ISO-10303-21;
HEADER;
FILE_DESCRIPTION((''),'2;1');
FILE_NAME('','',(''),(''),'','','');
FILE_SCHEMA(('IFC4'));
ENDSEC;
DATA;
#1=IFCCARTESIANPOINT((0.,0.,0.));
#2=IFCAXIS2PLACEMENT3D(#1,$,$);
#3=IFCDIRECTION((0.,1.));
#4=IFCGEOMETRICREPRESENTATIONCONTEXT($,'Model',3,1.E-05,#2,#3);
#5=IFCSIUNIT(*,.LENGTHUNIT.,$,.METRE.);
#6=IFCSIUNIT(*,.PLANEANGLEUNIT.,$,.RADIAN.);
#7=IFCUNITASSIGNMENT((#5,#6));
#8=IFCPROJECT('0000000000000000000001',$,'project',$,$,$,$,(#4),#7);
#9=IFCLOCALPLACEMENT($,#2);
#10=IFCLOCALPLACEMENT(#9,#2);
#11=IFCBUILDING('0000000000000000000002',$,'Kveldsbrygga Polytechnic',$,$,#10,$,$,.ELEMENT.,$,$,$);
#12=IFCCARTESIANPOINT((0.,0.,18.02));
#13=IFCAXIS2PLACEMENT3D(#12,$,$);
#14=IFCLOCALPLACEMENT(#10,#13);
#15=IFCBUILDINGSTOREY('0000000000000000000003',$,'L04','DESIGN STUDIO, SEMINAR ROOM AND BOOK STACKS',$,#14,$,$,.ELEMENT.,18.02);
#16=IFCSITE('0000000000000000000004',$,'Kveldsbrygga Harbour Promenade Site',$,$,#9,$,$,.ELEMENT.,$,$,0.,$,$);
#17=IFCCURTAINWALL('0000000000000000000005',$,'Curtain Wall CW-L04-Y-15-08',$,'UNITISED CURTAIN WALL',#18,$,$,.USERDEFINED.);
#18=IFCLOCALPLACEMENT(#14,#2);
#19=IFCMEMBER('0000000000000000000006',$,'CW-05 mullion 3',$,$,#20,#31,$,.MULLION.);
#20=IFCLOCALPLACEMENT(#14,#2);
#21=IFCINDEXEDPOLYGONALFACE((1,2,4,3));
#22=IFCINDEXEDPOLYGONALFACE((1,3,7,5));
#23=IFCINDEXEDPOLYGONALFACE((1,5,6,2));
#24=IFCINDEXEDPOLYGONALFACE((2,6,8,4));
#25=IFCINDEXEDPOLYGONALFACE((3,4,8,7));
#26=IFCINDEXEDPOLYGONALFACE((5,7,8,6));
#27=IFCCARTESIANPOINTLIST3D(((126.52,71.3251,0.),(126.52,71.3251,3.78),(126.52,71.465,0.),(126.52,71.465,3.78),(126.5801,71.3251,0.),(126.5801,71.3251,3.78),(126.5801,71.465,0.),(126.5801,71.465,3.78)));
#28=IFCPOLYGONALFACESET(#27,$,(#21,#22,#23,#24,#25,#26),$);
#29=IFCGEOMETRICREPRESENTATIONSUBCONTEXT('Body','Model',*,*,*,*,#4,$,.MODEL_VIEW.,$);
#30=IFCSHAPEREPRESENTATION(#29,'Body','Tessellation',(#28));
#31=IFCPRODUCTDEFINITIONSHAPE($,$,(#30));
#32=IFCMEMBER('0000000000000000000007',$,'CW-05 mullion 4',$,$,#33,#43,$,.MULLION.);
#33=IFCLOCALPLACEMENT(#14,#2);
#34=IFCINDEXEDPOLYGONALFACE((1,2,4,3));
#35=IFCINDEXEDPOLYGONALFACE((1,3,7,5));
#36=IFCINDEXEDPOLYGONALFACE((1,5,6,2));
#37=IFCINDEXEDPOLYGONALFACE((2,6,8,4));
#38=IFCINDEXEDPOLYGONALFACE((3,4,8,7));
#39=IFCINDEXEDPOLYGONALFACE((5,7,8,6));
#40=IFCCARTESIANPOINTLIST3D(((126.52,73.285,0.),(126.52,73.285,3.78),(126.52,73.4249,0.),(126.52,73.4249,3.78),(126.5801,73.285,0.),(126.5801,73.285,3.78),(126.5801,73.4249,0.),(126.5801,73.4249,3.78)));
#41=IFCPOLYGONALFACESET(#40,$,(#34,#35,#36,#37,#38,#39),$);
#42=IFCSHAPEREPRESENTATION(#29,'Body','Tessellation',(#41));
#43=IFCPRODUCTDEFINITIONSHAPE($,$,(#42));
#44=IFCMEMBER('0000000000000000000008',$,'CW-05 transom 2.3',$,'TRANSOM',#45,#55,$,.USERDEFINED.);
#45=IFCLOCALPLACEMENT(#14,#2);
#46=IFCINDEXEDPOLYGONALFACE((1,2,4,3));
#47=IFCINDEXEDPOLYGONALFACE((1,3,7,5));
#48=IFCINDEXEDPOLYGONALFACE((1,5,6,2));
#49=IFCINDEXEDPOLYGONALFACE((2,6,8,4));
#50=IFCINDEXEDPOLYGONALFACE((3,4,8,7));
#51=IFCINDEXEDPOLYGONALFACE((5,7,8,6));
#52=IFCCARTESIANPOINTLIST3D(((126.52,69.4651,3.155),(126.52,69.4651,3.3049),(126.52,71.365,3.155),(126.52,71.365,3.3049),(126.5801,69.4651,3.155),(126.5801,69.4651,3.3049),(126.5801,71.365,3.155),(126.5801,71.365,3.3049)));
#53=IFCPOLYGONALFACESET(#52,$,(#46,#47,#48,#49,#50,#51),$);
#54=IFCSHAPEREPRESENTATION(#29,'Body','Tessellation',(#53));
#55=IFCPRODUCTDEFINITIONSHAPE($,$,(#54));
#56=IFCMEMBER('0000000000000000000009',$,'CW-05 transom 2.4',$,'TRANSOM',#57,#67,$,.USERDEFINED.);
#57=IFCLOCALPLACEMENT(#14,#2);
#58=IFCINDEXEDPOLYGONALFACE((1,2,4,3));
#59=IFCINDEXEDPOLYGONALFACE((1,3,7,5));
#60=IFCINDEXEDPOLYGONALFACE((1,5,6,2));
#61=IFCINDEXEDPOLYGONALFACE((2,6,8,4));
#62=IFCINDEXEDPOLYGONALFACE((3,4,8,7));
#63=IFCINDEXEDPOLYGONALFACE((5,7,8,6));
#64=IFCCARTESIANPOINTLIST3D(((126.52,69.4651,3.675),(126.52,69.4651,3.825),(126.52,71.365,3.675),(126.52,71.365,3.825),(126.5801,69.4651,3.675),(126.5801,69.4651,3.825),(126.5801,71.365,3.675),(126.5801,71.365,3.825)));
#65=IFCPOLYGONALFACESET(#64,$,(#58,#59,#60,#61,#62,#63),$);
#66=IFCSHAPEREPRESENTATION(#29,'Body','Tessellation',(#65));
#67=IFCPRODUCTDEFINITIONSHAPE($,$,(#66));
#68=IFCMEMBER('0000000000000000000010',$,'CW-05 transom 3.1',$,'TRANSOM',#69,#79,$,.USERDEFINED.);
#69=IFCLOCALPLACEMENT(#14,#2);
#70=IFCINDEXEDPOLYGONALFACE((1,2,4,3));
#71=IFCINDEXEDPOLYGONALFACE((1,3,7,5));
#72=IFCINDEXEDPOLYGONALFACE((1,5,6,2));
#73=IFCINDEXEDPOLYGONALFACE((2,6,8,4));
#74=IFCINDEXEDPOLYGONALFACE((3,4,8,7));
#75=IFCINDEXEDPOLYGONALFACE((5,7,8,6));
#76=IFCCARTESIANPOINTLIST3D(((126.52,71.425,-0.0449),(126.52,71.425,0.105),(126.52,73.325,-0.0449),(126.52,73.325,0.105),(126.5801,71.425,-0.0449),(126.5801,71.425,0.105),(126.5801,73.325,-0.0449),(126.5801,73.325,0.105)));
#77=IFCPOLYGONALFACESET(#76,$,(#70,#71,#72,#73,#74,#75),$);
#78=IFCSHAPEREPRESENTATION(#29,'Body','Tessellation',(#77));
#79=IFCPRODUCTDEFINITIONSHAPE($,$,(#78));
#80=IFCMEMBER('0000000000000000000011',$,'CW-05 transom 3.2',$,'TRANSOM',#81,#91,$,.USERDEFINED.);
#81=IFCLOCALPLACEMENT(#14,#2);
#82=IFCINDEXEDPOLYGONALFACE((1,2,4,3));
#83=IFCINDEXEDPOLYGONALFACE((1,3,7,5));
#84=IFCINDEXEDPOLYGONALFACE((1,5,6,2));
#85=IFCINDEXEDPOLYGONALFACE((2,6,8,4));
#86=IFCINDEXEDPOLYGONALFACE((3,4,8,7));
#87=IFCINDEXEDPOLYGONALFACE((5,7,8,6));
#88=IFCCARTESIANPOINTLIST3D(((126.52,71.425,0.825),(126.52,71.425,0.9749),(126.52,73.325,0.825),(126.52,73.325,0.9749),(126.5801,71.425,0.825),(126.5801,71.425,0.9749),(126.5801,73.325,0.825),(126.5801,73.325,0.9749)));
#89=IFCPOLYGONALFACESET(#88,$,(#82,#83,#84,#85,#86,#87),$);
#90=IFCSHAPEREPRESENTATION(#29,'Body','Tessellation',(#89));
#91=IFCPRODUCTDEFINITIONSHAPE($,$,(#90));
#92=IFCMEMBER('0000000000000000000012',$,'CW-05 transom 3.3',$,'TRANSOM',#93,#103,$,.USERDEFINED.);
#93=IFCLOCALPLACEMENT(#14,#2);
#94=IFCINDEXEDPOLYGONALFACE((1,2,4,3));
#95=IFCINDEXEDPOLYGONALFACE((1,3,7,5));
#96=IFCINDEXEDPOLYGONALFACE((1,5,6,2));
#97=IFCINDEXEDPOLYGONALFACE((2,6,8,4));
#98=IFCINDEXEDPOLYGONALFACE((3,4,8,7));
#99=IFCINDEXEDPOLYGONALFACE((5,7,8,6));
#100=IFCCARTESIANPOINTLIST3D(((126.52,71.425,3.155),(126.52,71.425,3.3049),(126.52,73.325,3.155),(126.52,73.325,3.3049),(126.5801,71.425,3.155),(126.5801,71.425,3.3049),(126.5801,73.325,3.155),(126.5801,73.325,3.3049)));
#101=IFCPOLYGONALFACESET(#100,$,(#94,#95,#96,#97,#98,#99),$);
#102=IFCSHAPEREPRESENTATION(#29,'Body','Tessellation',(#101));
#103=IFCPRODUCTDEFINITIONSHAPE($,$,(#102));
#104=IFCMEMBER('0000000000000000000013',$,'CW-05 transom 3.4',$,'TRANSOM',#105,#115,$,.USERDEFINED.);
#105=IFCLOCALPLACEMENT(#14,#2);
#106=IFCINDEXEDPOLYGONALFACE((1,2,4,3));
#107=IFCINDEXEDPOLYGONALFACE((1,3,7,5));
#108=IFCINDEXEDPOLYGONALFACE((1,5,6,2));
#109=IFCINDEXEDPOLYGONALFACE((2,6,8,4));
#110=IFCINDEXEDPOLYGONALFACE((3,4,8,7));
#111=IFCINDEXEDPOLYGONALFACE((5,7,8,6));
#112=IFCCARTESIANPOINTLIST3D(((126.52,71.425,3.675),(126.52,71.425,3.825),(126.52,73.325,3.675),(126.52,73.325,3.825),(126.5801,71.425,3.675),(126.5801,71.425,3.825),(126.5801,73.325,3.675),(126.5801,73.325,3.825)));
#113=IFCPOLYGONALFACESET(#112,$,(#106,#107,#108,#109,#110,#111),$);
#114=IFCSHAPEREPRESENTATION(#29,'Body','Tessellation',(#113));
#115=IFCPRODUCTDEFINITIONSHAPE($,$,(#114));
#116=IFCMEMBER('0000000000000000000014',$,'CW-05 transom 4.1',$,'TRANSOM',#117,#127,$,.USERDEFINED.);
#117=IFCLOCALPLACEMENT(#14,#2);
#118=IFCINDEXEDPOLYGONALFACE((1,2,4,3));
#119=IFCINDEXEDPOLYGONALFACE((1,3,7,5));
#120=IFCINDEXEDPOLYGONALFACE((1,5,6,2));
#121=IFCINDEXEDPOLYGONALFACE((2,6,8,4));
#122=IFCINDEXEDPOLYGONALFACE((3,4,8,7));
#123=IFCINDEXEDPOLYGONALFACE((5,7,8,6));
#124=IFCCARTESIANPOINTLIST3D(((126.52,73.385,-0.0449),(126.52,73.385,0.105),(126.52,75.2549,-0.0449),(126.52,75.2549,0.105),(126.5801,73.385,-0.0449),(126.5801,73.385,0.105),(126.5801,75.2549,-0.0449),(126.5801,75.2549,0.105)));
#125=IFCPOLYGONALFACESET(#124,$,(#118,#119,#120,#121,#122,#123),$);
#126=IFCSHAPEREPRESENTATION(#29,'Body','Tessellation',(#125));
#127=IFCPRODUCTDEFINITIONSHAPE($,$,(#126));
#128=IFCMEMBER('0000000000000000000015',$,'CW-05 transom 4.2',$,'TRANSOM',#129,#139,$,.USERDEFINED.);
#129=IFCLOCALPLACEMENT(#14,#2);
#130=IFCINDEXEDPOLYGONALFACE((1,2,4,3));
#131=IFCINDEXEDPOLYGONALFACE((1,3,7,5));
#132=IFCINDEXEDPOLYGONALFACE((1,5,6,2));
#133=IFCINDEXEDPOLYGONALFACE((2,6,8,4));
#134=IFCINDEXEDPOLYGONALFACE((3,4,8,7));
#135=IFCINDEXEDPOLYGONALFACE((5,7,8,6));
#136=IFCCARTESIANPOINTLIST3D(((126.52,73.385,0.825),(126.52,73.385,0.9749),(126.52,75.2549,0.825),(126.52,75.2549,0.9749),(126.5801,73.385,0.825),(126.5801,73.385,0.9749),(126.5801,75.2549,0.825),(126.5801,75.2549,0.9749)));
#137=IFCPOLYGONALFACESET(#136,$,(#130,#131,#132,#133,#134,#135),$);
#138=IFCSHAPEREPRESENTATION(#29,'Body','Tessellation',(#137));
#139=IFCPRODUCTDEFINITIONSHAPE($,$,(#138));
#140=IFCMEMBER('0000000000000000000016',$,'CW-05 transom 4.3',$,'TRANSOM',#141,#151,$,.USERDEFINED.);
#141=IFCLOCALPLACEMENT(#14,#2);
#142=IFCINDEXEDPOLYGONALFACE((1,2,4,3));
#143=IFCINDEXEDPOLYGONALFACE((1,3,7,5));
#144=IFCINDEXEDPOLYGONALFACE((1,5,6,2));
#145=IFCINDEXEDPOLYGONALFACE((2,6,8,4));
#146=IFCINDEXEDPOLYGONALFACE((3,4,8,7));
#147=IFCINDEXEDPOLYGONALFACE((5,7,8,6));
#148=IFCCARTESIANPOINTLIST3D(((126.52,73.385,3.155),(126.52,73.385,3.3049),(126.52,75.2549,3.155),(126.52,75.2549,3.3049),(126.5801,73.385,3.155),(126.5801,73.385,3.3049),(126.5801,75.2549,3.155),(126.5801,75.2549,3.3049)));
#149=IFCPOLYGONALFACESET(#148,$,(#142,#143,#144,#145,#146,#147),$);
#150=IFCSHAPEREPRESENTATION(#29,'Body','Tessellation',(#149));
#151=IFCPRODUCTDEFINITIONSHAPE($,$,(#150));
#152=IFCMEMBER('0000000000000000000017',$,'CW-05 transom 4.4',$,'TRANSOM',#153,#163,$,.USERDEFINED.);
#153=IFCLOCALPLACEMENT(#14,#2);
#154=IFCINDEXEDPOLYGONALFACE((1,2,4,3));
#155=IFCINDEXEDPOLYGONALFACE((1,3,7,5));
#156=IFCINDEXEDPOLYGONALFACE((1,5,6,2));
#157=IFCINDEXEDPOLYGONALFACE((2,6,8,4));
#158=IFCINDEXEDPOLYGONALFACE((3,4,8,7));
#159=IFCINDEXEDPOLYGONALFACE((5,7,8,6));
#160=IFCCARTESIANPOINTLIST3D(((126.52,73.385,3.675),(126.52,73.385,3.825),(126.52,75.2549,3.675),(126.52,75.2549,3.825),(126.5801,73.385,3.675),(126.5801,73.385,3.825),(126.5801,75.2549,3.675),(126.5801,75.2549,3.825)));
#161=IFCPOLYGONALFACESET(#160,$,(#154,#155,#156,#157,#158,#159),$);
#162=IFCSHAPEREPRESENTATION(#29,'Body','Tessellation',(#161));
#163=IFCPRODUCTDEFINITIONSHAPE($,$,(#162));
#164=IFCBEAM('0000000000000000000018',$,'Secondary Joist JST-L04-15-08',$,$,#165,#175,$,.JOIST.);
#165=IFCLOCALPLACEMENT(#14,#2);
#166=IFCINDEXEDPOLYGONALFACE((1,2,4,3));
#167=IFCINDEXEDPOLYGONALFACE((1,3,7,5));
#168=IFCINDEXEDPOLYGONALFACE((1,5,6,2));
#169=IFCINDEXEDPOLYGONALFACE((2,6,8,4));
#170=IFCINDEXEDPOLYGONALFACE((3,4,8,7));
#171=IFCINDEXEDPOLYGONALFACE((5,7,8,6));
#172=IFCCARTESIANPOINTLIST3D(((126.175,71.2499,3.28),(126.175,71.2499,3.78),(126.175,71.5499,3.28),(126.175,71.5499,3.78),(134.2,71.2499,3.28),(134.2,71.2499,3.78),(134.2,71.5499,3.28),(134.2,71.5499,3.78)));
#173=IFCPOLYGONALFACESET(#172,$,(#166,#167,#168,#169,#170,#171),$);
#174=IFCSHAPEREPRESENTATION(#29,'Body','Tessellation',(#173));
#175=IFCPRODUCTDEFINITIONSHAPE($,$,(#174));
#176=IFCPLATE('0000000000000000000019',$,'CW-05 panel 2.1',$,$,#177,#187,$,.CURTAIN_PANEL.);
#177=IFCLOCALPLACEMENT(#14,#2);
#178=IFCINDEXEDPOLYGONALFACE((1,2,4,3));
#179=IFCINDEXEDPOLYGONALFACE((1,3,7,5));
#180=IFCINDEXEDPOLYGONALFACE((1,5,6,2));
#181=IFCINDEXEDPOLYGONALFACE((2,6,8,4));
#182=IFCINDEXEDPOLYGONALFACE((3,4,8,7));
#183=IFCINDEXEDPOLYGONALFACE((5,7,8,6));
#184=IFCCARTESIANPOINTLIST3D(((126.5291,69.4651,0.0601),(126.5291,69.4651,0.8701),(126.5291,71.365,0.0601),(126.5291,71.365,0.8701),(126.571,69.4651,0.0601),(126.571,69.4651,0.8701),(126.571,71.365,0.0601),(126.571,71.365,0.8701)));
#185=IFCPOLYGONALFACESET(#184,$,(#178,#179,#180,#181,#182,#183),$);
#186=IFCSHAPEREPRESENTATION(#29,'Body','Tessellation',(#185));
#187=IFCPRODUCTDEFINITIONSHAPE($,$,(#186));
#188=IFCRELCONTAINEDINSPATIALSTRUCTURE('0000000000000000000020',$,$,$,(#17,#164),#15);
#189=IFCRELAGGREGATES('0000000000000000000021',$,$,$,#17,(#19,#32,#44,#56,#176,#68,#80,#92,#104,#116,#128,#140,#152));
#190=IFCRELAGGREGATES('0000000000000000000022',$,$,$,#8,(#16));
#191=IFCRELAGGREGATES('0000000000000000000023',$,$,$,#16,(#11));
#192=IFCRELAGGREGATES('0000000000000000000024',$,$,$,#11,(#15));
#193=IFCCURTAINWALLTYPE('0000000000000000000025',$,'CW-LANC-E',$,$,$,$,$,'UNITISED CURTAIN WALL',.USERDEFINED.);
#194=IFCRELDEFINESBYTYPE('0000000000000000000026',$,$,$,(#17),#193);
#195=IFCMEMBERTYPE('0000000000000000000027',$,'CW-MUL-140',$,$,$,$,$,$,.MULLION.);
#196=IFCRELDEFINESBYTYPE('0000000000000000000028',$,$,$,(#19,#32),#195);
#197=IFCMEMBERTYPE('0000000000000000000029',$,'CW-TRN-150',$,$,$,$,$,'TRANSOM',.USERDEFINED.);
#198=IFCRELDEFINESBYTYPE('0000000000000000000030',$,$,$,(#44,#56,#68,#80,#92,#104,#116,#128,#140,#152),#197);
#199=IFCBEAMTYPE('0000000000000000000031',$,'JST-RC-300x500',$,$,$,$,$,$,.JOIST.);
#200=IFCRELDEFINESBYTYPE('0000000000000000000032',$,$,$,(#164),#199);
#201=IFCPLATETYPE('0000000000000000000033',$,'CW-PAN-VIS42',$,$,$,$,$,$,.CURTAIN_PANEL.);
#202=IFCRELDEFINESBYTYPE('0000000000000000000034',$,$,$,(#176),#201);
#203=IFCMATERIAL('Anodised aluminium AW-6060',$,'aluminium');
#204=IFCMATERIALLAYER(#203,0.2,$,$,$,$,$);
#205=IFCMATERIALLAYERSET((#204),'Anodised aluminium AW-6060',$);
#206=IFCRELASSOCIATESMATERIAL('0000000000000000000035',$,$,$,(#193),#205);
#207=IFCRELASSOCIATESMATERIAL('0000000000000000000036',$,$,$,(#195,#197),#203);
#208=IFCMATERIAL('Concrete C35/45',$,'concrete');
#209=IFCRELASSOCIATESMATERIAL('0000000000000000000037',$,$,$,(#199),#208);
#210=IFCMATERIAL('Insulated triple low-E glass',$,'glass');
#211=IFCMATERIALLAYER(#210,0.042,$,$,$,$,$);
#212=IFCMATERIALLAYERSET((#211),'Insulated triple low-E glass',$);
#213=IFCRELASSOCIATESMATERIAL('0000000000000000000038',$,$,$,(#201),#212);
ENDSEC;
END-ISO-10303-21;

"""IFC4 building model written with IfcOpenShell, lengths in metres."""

from ifc_helpers import new_model, si_unit, direction, frame, origin, origin_2d, place, context, subcontext, project, spatial, rectangle, extrude, material, layer, layer_set, material_profile, profile_set, type_object, element, aggregate, save


model = new_model("IFC4")

# Units and contexts
model_context = context("Model", 3, precision=1e-05, world=origin(), true_north=direction((0.0, 1.0)))
body_context = subcontext(model_context, "Body", "Model", "MODEL_VIEW")
ifc_project = project(units=[si_unit("LENGTHUNIT", "METRE"), si_unit("PLANEANGLEUNIT", "RADIAN")], contexts=[model_context])

# Site, building, storey
site_placement = place(None, origin())
site = spatial("IfcSite", under=ifc_project, at=site_placement, Name="Kveldsbrygga Harbour Promenade Site", CompositionType="ELEMENT", RefElevation=0.0)
building_placement = place(site_placement, origin())
building = spatial("IfcBuilding", under=site, at=building_placement, Name="Kveldsbrygga Polytechnic", CompositionType="ELEMENT")
storey_placement = place(building_placement, frame((0.0, 0.0, 18.02)))
storey = spatial("IfcBuildingStorey", under=building, at=storey_placement, Name="L04", Description="DESIGN STUDIO, SEMINAR ROOM AND BOOK STACKS", CompositionType="ELEMENT", Elevation=18.02)

# Curtain wall, members
ifc_material_1 = material(Name="Anodised aluminium AW-6060", Category="aluminium")
ifc_layer_1 = layer(ifc_material_1, 0.2)
ifc_layer_set_1 = layer_set([ifc_layer_1], Name="Anodised aluminium AW-6060")
curtain_wall_type = type_object("IfcCurtainWallType", Name="CW-LANC-E", ElementType="UNITISED CURTAIN WALL", PredefinedType="USERDEFINED", material=ifc_layer_set_1)
curtain_wall_placement = place(storey_placement, origin())
curtain_wall = element("IfcCurtainWall", 1, at=curtain_wall_placement, inside=storey, type_object=curtain_wall_type, Name="Curtain Wall CW-L04-Y-15-08", ObjectType="UNITISED CURTAIN WALL", PredefinedType="USERDEFINED")
ifc_material_profile_1 = material_profile(ifc_material_1, rectangle(XDim=0.0601, YDim=0.1399, at=origin_2d()), Name="ALU 60x140")
ifc_profile_set_1 = profile_set([ifc_material_profile_1], Name="Anodised aluminium AW-6060")
member_type_1 = type_object("IfcMemberType", Name="CW-MUL-140", PredefinedType="MULLION", material=ifc_profile_set_1)
member_1_placement = place(storey_placement, frame((126.55, 71.395, 0.0), z_axis=(0.0, 0.0, 1.0), x_axis=(-1.0, 0.0, 0.0)))
member_1 = element("IfcMember", 2, at=member_1_placement, type_object=member_type_1, Name="CW-05 mullion 3", PredefinedType="MULLION", context=body_context, shape_type="SweptSolid", body=[
    extrude(rectangle(XDim=0.0601, YDim=0.1399, at=origin_2d()), origin(), (0.0, 0.0, 1.0), 3.78),
])
member_2_placement = place(storey_placement, frame((126.55, 73.355, 0.0), z_axis=(0.0, 0.0, 1.0), x_axis=(-1.0, 0.0, 0.0)))
member_2 = element("IfcMember", 3, at=member_2_placement, type_object=member_type_1, Name="CW-05 mullion 4", PredefinedType="MULLION", context=body_context, shape_type="SweptSolid", body=[
    extrude(rectangle(XDim=0.0601, YDim=0.1399, at=origin_2d()), origin(), (0.0, 0.0, 1.0), 3.78),
])
ifc_material_profile_2 = material_profile(ifc_material_1, rectangle(XDim=0.0601, YDim=0.1499, at=origin_2d()), Name="ALU 60x150")
ifc_profile_set_2 = profile_set([ifc_material_profile_2], Name="Anodised aluminium AW-6060")
member_type_2 = type_object("IfcMemberType", Name="CW-TRN-150", ElementType="TRANSOM", PredefinedType="USERDEFINED", material=ifc_profile_set_2)
member_3_placement = place(storey_placement, frame((126.55, 69.4651, 3.23), z_axis=(0.0, 1.0, 0.0), x_axis=(-1.0, 0.0, 0.0)))
member_3 = element("IfcMember", 4, at=member_3_placement, type_object=member_type_2, Name="CW-05 transom 2.3", ObjectType="TRANSOM", PredefinedType="USERDEFINED", context=body_context, shape_type="SweptSolid", body=[
    extrude(rectangle(XDim=0.0601, YDim=0.1499, at=origin_2d()), origin(), (0.0, 0.0, 1.0), 1.8999),
])
member_4_placement = place(storey_placement, frame((126.55, 69.4651, 3.75), z_axis=(0.0, 1.0, 0.0), x_axis=(-1.0, 0.0, 0.0)))
member_4 = element("IfcMember", 5, at=member_4_placement, type_object=member_type_2, Name="CW-05 transom 2.4", ObjectType="TRANSOM", PredefinedType="USERDEFINED", context=body_context, shape_type="SweptSolid", body=[
    extrude(rectangle(XDim=0.0601, YDim=0.1499, at=origin_2d()), origin(), (0.0, 0.0, 1.0), 1.8999),
])
member_5_placement = place(storey_placement, frame((126.55, 71.425, 0.03), z_axis=(0.0, 1.0, 0.0), x_axis=(-1.0, 0.0, 0.0)))
member_5 = element("IfcMember", 6, at=member_5_placement, type_object=member_type_2, Name="CW-05 transom 3.1", ObjectType="TRANSOM", PredefinedType="USERDEFINED", context=body_context, shape_type="SweptSolid", body=[
    extrude(rectangle(XDim=0.0601, YDim=0.1499, at=origin_2d()), origin(), (0.0, 0.0, 1.0), 1.8999),
])
member_6_placement = place(storey_placement, frame((126.55, 71.425, 0.8999), z_axis=(0.0, 1.0, 0.0), x_axis=(-1.0, 0.0, 0.0)))
member_6 = element("IfcMember", 7, at=member_6_placement, type_object=member_type_2, Name="CW-05 transom 3.2", ObjectType="TRANSOM", PredefinedType="USERDEFINED", context=body_context, shape_type="SweptSolid", body=[
    extrude(rectangle(XDim=0.0601, YDim=0.1499, at=origin_2d()), origin(), (0.0, 0.0, 1.0), 1.8999),
])
member_7_placement = place(storey_placement, frame((126.55, 71.425, 3.23), z_axis=(0.0, 1.0, 0.0), x_axis=(-1.0, 0.0, 0.0)))
member_7 = element("IfcMember", 8, at=member_7_placement, type_object=member_type_2, Name="CW-05 transom 3.3", ObjectType="TRANSOM", PredefinedType="USERDEFINED", context=body_context, shape_type="SweptSolid", body=[
    extrude(rectangle(XDim=0.0601, YDim=0.1499, at=origin_2d()), origin(), (0.0, 0.0, 1.0), 1.8999),
])
member_8_placement = place(storey_placement, frame((126.55, 71.425, 3.75), z_axis=(0.0, 1.0, 0.0), x_axis=(-1.0, 0.0, 0.0)))
member_8 = element("IfcMember", 9, at=member_8_placement, type_object=member_type_2, Name="CW-05 transom 3.4", ObjectType="TRANSOM", PredefinedType="USERDEFINED", context=body_context, shape_type="SweptSolid", body=[
    extrude(rectangle(XDim=0.0601, YDim=0.1499, at=origin_2d()), origin(), (0.0, 0.0, 1.0), 1.8999),
])
member_9_placement = place(storey_placement, frame((126.55, 73.385, 0.03), z_axis=(0.0, 1.0, 0.0), x_axis=(-1.0, 0.0, 0.0)))
member_9 = element("IfcMember", 10, at=member_9_placement, type_object=member_type_2, Name="CW-05 transom 4.1", ObjectType="TRANSOM", PredefinedType="USERDEFINED", context=body_context, shape_type="SweptSolid", body=[
    extrude(rectangle(XDim=0.0601, YDim=0.1499, at=origin_2d()), origin(), (0.0, 0.0, 1.0), 1.8699),
])
member_10_placement = place(storey_placement, frame((126.55, 73.385, 0.8999), z_axis=(0.0, 1.0, 0.0), x_axis=(-1.0, 0.0, 0.0)))
member_10 = element("IfcMember", 11, at=member_10_placement, type_object=member_type_2, Name="CW-05 transom 4.2", ObjectType="TRANSOM", PredefinedType="USERDEFINED", context=body_context, shape_type="SweptSolid", body=[
    extrude(rectangle(XDim=0.0601, YDim=0.1499, at=origin_2d()), origin(), (0.0, 0.0, 1.0), 1.8699),
])
member_11_placement = place(storey_placement, frame((126.55, 73.385, 3.23), z_axis=(0.0, 1.0, 0.0), x_axis=(-1.0, 0.0, 0.0)))
member_11 = element("IfcMember", 12, at=member_11_placement, type_object=member_type_2, Name="CW-05 transom 4.3", ObjectType="TRANSOM", PredefinedType="USERDEFINED", context=body_context, shape_type="SweptSolid", body=[
    extrude(rectangle(XDim=0.0601, YDim=0.1499, at=origin_2d()), origin(), (0.0, 0.0, 1.0), 1.8699),
])
member_12_placement = place(storey_placement, frame((126.55, 73.385, 3.75), z_axis=(0.0, 1.0, 0.0), x_axis=(-1.0, 0.0, 0.0)))
member_12 = element("IfcMember", 13, at=member_12_placement, type_object=member_type_2, Name="CW-05 transom 4.4", ObjectType="TRANSOM", PredefinedType="USERDEFINED", context=body_context, shape_type="SweptSolid", body=[
    extrude(rectangle(XDim=0.0601, YDim=0.1499, at=origin_2d()), origin(), (0.0, 0.0, 1.0), 1.8699),
])

# Beam
ifc_material_2 = material(Name="Concrete C35/45", Category="concrete")
ifc_material_profile_3 = material_profile(ifc_material_2, rectangle(XDim=0.3, YDim=0.5, at=origin_2d()), Name="RC 300x500")
ifc_profile_set_3 = profile_set([ifc_material_profile_3], Name="Concrete C35/45")
beam_type = type_object("IfcBeamType", Name="JST-RC-300x500", PredefinedType="JOIST", material=ifc_profile_set_3)
beam_placement = place(storey_placement, frame((126.175, 71.3999, 3.53), z_axis=(1.0, 0.0, 0.0), x_axis=(0.0, 1.0, 0.0)))
element("IfcBeam", 14, at=beam_placement, inside=storey, type_object=beam_type, Name="Secondary Joist JST-L04-15-08", PredefinedType="JOIST", context=body_context, shape_type="SweptSolid", body=[
    extrude(rectangle(XDim=0.3, YDim=0.5, at=origin_2d()), origin(), (0.0, 0.0, 1.0), 8.0249),
])

# Plate
ifc_material_3 = material(Name="Insulated triple low-E glass", Category="glass")
ifc_layer_2 = layer(ifc_material_3, 0.042)
ifc_layer_set_2 = layer_set([ifc_layer_2], Name="Insulated triple low-E glass")
plate_type = type_object("IfcPlateType", Name="CW-PAN-VIS42", PredefinedType="CURTAIN_PANEL", material=ifc_layer_set_2)
plate_1_placement = place(storey_placement, frame((126.55, 70.415, 0.0601), z_axis=(0.0, 0.0, 1.0), x_axis=(0.0, 1.0, 0.0)))
plate_1 = element("IfcPlate", 15, at=plate_1_placement, type_object=plate_type, Name="CW-05 panel 2.1", PredefinedType="CURTAIN_PANEL", context=body_context, shape_type="SweptSolid", body=[
    extrude(rectangle(XDim=1.8999, YDim=0.042, at=origin_2d()), origin(), (0.0, 0.0, 1.0), 0.8101),
])
aggregate(curtain_wall, [member_1, member_2, member_3, member_4, plate_1, member_5, member_6, member_7, member_8, member_9, member_10, member_11, member_12])

save(model, "model.ifc")
